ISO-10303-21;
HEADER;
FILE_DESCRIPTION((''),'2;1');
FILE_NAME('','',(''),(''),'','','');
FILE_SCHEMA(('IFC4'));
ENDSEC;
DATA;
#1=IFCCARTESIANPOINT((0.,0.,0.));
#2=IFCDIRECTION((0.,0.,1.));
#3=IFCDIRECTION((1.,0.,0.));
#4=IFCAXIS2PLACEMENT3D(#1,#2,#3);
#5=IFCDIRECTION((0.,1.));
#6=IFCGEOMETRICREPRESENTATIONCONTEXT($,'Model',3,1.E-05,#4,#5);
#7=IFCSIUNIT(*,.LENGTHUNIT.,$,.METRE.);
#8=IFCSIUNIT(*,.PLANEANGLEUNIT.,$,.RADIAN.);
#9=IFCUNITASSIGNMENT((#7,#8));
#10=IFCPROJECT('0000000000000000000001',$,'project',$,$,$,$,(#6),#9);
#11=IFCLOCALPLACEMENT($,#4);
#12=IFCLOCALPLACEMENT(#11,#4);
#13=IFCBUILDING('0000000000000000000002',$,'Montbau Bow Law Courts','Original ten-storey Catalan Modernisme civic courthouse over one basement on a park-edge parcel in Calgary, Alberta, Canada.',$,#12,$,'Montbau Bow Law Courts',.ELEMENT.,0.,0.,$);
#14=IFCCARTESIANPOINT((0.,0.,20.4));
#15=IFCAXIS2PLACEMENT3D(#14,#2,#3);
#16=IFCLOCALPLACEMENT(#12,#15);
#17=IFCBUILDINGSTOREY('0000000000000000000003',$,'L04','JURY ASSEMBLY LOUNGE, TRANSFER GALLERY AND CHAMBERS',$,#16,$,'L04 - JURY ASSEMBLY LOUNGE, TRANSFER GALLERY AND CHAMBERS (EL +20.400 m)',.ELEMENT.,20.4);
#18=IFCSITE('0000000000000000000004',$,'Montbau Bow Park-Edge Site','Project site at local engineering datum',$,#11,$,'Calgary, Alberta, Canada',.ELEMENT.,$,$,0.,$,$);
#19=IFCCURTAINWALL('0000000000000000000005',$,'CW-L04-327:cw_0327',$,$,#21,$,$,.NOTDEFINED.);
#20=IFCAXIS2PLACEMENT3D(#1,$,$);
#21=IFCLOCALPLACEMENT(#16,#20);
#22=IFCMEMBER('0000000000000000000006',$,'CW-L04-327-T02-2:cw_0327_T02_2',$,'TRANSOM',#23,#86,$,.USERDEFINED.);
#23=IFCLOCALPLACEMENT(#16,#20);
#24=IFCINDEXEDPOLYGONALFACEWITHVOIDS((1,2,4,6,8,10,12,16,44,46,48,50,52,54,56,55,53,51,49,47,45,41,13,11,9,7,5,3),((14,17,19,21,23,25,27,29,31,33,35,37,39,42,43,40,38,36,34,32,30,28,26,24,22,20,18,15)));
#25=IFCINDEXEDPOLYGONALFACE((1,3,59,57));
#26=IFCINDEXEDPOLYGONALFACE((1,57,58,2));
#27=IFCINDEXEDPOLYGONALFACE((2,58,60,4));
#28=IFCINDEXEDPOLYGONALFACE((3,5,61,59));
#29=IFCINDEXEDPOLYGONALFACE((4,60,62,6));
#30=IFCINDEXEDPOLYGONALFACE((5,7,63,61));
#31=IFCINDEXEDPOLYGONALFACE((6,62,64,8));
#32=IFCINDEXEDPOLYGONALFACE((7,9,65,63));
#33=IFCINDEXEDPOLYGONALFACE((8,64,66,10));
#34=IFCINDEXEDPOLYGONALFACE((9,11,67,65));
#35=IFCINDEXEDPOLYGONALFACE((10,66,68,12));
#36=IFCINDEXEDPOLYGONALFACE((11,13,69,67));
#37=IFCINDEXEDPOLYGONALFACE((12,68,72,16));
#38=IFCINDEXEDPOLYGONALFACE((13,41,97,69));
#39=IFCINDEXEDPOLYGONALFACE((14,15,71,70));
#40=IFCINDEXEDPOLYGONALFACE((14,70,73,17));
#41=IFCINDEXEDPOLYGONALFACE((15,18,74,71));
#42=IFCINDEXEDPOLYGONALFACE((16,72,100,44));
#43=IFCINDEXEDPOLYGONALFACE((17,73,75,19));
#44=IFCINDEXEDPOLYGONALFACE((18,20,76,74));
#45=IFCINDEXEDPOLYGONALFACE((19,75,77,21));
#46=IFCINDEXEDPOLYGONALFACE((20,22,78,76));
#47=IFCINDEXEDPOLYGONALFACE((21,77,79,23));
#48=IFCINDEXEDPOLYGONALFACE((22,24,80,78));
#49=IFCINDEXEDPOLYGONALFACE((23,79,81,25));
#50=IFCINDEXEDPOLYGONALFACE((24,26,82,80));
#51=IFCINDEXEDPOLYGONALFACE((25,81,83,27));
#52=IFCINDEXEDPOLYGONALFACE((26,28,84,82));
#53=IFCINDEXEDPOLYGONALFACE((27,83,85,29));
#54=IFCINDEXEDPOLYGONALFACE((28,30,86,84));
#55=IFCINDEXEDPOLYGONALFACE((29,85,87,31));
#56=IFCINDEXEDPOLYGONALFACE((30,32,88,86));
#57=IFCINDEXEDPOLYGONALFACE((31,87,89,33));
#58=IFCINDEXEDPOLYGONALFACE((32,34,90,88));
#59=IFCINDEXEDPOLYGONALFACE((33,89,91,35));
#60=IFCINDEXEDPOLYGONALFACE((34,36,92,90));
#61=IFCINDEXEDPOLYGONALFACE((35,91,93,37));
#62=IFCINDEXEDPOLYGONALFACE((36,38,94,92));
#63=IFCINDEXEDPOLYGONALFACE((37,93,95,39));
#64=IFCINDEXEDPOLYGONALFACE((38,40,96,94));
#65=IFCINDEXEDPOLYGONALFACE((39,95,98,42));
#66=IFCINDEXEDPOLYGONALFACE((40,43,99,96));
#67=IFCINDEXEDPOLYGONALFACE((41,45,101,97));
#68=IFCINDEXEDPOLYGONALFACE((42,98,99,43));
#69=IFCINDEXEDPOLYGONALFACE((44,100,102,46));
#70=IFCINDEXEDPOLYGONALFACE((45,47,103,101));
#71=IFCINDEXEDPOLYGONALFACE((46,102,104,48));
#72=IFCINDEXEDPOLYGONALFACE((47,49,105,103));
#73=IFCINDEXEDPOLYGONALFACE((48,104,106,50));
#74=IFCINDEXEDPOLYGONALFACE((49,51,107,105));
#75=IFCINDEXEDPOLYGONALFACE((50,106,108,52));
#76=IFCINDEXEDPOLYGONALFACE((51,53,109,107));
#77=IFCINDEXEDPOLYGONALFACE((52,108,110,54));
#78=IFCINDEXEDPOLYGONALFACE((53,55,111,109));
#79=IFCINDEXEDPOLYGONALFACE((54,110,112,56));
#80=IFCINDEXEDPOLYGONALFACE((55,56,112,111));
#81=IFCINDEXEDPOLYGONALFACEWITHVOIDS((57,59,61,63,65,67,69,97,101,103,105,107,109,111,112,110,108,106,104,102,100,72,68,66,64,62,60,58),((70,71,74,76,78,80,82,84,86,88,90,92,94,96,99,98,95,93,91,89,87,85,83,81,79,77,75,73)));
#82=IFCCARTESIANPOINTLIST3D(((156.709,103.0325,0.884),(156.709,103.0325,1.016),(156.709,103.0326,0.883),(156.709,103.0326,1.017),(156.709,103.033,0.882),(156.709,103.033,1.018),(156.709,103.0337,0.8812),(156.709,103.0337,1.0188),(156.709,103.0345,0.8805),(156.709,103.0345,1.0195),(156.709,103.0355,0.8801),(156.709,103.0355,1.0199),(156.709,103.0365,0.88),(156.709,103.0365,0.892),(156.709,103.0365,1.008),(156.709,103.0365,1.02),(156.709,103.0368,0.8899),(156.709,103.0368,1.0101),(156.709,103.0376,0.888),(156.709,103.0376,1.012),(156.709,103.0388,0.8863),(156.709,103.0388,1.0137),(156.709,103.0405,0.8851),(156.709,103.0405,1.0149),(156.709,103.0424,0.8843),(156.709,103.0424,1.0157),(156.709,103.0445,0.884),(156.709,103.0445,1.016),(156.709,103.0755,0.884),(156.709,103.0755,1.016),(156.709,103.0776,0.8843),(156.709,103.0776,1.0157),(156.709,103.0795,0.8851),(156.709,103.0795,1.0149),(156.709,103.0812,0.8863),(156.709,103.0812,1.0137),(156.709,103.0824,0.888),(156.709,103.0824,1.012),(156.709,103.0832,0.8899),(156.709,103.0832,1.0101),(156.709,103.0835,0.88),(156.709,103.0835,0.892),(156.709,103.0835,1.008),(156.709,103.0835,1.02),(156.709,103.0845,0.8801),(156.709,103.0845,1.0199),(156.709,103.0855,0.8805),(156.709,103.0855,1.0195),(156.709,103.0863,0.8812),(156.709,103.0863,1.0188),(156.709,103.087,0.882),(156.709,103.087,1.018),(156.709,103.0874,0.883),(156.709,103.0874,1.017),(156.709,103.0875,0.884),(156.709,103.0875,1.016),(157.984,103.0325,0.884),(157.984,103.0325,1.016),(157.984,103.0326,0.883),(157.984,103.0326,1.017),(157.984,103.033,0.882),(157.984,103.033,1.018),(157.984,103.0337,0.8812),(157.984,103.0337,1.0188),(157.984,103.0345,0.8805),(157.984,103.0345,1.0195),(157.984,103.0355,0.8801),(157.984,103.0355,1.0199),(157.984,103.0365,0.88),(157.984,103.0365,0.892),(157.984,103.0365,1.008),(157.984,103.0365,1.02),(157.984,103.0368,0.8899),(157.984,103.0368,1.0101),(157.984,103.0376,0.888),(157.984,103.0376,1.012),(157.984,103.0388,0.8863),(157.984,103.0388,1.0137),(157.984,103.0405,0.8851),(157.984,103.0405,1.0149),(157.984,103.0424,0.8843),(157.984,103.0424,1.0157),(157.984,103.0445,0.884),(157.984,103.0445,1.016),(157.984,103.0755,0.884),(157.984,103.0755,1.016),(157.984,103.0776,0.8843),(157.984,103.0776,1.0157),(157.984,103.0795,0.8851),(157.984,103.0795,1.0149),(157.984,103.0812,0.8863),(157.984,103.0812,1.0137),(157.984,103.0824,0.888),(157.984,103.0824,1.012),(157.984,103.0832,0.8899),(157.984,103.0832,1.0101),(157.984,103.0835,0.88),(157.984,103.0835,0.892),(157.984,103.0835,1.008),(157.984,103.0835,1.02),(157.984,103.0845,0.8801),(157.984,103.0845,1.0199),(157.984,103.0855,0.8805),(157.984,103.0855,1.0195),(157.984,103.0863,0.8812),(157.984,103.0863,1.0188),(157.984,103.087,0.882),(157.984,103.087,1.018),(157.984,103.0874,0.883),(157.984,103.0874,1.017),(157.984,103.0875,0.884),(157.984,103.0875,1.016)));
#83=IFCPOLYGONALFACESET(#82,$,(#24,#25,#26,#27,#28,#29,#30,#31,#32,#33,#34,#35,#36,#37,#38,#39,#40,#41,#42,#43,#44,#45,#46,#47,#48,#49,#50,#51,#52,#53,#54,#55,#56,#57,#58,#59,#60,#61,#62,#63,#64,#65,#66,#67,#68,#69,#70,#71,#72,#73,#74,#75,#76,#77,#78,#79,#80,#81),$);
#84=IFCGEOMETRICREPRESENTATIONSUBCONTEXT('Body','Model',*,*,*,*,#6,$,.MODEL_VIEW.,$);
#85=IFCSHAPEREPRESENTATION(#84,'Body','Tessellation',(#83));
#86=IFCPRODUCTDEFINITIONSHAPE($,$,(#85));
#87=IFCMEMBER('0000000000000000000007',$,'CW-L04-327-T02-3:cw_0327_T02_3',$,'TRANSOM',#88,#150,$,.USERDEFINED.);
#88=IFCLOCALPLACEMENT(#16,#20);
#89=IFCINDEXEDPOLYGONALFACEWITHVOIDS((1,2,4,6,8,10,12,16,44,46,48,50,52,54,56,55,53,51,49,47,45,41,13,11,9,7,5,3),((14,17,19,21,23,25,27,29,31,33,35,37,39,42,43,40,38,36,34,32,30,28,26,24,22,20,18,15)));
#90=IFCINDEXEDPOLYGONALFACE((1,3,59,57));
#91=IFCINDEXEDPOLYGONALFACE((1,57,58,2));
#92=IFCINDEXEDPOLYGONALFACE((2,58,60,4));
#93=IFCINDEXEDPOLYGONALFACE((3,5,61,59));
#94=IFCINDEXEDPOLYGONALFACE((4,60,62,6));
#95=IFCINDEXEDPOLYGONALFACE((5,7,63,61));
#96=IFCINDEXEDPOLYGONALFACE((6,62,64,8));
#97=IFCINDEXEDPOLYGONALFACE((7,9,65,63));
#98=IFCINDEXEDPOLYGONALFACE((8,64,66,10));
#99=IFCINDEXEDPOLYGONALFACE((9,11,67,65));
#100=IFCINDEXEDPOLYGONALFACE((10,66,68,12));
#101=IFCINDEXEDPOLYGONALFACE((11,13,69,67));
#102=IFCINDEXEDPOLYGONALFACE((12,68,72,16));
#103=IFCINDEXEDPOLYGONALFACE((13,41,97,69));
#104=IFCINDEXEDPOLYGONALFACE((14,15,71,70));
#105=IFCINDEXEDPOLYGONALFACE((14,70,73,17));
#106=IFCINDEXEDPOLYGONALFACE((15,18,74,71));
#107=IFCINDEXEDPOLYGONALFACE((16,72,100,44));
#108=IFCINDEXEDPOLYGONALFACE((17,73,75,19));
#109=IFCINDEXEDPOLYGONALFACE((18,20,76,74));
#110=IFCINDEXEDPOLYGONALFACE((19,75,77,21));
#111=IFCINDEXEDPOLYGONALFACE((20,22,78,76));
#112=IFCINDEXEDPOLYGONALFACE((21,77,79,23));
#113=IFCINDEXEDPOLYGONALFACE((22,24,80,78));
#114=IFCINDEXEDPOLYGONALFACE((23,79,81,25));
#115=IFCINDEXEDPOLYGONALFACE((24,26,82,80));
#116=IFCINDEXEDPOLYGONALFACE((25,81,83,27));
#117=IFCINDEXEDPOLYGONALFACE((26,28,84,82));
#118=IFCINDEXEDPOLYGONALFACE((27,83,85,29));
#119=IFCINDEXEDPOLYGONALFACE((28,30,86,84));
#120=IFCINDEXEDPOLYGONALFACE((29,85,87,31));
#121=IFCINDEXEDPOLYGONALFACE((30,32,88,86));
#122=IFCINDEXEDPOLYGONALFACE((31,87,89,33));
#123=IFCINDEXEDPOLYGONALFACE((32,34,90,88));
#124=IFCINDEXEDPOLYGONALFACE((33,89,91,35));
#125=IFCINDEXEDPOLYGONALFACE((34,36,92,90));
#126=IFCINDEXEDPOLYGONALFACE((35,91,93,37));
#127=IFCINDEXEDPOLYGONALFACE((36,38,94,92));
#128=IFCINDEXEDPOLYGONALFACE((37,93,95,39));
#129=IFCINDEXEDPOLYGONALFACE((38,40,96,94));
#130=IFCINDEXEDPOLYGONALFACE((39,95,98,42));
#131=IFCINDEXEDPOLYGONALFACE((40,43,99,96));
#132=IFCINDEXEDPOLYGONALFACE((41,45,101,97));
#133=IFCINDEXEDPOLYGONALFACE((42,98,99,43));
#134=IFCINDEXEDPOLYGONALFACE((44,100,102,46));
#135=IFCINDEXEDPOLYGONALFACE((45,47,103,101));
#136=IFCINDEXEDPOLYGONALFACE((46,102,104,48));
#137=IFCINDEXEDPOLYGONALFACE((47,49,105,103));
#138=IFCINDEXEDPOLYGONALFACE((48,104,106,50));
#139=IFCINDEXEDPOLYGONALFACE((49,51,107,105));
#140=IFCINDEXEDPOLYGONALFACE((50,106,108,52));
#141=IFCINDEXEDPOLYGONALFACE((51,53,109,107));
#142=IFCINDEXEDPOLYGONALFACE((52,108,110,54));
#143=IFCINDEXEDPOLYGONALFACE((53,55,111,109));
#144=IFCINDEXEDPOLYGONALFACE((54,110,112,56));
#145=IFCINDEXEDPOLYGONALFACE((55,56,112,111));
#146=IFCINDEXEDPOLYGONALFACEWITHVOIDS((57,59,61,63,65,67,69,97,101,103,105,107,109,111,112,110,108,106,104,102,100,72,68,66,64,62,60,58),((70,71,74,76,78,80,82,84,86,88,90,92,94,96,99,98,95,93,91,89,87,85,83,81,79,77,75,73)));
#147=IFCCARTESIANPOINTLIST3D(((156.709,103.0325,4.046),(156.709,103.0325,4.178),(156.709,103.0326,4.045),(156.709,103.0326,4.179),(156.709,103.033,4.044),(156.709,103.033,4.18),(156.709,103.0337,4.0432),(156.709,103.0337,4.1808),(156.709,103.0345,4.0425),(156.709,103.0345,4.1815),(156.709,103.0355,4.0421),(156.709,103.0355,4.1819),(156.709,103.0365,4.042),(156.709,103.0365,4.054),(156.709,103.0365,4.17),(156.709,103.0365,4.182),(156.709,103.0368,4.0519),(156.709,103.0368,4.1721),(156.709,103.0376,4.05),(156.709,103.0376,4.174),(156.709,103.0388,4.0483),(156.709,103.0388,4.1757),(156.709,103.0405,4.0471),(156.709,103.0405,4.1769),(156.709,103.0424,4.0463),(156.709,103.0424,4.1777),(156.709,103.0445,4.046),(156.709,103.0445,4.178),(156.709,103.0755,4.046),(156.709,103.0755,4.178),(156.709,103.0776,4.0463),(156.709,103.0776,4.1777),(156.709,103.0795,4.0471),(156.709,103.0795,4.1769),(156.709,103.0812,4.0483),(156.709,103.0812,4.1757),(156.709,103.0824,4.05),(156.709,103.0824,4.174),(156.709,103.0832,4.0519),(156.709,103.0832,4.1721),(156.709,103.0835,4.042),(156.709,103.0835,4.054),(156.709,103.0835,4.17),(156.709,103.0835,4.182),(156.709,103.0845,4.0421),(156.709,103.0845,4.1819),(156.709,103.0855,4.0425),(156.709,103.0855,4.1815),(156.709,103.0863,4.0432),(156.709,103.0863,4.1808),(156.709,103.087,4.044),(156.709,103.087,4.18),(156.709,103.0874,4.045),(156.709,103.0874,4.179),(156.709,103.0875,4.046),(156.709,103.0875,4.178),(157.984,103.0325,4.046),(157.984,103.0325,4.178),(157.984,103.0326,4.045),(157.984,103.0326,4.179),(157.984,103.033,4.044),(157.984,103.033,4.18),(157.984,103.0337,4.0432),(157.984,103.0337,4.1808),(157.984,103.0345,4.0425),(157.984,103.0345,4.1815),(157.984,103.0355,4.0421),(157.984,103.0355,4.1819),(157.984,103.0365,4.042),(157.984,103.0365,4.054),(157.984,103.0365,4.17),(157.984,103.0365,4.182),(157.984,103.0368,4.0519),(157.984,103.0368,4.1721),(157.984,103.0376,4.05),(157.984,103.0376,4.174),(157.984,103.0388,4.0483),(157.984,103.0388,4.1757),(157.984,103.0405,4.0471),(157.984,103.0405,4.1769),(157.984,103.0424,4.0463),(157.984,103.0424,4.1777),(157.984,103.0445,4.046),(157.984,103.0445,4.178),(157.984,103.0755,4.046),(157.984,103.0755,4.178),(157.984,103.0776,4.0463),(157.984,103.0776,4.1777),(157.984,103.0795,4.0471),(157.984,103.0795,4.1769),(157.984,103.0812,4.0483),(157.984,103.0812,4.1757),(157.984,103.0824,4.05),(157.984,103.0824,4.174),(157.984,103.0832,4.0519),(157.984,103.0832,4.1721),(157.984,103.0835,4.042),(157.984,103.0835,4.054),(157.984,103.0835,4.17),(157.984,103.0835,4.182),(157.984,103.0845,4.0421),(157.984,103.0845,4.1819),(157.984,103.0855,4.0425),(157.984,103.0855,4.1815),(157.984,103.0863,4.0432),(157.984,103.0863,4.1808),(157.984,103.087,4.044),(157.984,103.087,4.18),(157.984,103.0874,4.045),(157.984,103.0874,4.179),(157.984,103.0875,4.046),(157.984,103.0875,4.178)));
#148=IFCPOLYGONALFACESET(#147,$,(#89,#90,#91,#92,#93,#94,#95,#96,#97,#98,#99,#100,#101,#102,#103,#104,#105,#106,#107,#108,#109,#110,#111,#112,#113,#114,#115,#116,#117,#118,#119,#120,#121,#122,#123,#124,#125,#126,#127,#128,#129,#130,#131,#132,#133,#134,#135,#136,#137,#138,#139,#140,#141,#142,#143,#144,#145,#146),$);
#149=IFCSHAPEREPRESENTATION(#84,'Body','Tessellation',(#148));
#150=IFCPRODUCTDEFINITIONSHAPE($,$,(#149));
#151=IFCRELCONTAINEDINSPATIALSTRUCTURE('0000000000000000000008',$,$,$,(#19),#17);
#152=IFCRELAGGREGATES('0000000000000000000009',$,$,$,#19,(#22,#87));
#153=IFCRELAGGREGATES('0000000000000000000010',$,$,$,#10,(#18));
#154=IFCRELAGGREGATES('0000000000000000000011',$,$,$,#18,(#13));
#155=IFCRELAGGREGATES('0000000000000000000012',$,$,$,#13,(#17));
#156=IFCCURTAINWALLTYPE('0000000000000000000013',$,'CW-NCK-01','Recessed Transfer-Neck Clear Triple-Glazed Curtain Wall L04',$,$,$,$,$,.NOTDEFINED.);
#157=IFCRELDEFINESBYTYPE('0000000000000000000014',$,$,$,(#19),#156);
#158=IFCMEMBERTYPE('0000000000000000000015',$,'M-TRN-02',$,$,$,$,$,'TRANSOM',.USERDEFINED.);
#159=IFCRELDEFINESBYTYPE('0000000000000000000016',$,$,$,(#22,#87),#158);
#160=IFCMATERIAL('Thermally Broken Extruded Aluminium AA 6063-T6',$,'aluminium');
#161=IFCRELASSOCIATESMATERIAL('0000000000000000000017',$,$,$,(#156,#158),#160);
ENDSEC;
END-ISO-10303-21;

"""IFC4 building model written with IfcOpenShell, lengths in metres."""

from ifc_helpers import new_model, si_unit, direction, frame, origin_with_axes, origin_2d_with_axis, place, context, subcontext, project, spatial, hollow_rectangle, extrude, material, material_profile, profile_set, type_object, element, aggregate, save


model = new_model("IFC4")

# Units and contexts
model_context = context("Model", 3, precision=1e-05, world=origin_with_axes(), true_north=direction((0.0, 1.0)))
body_context = subcontext(model_context, "Body", "Model", "MODEL_VIEW")
ifc_project = project(units=[si_unit("LENGTHUNIT", "METRE"), si_unit("PLANEANGLEUNIT", "RADIAN")], contexts=[model_context])

# Site, building, storey
site_placement = place(None, origin_with_axes())
site = spatial("IfcSite", under=ifc_project, at=site_placement, Name="Montbau Bow Park-Edge Site", Description="Project site at local engineering datum", LongName="Calgary, Alberta, Canada", CompositionType="ELEMENT", RefElevation=0.0)
building_placement = place(site_placement, origin_with_axes())
building = spatial("IfcBuilding", under=site, at=building_placement, Name="Montbau Bow Law Courts", Description="Original ten-storey Catalan Modernisme civic courthouse over one basement on a park-edge parcel in Calgary, Alberta, Canada.", LongName="Montbau Bow Law Courts", CompositionType="ELEMENT", ElevationOfRefHeight=0.0, ElevationOfTerrain=0.0)
storey_placement = place(building_placement, frame((0.0, 0.0, 20.4), z_axis=(0.0, 0.0, 1.0), x_axis=(1.0, 0.0, 0.0)))
storey = spatial("IfcBuildingStorey", under=building, at=storey_placement, Name="L04", Description="JURY ASSEMBLY LOUNGE, TRANSFER GALLERY AND CHAMBERS", LongName="L04 - JURY ASSEMBLY LOUNGE, TRANSFER GALLERY AND CHAMBERS (EL +20.400 m)", CompositionType="ELEMENT", Elevation=20.4)

# Curtain wall
ifc_material_1 = material(Name="Thermally Broken Extruded Aluminium AA 6063-T6", Category="aluminium")
curtain_wall_type = type_object("IfcCurtainWallType", Name="CW-NCK-01", Description="Recessed Transfer-Neck Clear Triple-Glazed Curtain Wall L04", PredefinedType="NOTDEFINED", material=ifc_material_1)
curtain_wall_1_placement = place(None, frame((155.315, 103.06, 20.4), z_axis=(0.0, 0.0, 1.0), x_axis=(1.0, 0.0, 0.0)))
curtain_wall_1 = element("IfcCurtainWall", 1, at=curtain_wall_1_placement, inside=storey, type_object=curtain_wall_type, Name="CW-L04-327:cw_0327", PredefinedType="NOTDEFINED")

# Members
ifc_material_profile_1 = material_profile(ifc_material_1, hollow_rectangle(XDim=0.055, YDim=0.14, WallThickness=0.004, InnerFilletRadius=0.008, OuterFilletRadius=0.004, at=origin_2d_with_axis()), Name="CWT-140X55", Category="Main", Priority=0)
ifc_profile_set_1 = profile_set([ifc_material_profile_1], Name="Thermally Broken Extruded Aluminium AA 6063-T6")
member_type_1 = type_object("IfcMemberType", Name="M-TRN-02", ElementType="TRANSOM", PredefinedType="USERDEFINED", material=ifc_profile_set_1)
member_1_placement = place(None, frame((156.709, 103.06, 21.35), z_axis=(1.0, 0.0, 0.0), x_axis=(0.0, 1.0, 0.0)))
member_1 = element("IfcMember", 2, at=member_1_placement, type_object=member_type_1, Name="CW-L04-327-T02-2:cw_0327_T02_2", ObjectType="TRANSOM", PredefinedType="USERDEFINED", context=body_context, shape_type="SweptSolid", body=[
    extrude(hollow_rectangle(XDim=0.055, YDim=0.14, WallThickness=0.004, InnerFilletRadius=0.008, OuterFilletRadius=0.004, at=origin_2d_with_axis()), origin_with_axes(), (0.0, 0.0, 1.0), 1.275),
])
member_2_placement = place(None, frame((156.709, 103.06, 24.512), z_axis=(1.0, 0.0, 0.0), x_axis=(0.0, 1.0, 0.0)))
member_2 = element("IfcMember", 3, at=member_2_placement, type_object=member_type_1, Name="CW-L04-327-T02-3:cw_0327_T02_3", ObjectType="TRANSOM", PredefinedType="USERDEFINED", context=body_context, shape_type="SweptSolid", body=[
    extrude(hollow_rectangle(XDim=0.055, YDim=0.14, WallThickness=0.004, InnerFilletRadius=0.008, OuterFilletRadius=0.004, at=origin_2d_with_axis()), origin_with_axes(), (0.0, 0.0, 1.0), 1.275),
])

aggregate(curtain_wall_1, [member_1, member_2])

save(model, "model.ifc")
